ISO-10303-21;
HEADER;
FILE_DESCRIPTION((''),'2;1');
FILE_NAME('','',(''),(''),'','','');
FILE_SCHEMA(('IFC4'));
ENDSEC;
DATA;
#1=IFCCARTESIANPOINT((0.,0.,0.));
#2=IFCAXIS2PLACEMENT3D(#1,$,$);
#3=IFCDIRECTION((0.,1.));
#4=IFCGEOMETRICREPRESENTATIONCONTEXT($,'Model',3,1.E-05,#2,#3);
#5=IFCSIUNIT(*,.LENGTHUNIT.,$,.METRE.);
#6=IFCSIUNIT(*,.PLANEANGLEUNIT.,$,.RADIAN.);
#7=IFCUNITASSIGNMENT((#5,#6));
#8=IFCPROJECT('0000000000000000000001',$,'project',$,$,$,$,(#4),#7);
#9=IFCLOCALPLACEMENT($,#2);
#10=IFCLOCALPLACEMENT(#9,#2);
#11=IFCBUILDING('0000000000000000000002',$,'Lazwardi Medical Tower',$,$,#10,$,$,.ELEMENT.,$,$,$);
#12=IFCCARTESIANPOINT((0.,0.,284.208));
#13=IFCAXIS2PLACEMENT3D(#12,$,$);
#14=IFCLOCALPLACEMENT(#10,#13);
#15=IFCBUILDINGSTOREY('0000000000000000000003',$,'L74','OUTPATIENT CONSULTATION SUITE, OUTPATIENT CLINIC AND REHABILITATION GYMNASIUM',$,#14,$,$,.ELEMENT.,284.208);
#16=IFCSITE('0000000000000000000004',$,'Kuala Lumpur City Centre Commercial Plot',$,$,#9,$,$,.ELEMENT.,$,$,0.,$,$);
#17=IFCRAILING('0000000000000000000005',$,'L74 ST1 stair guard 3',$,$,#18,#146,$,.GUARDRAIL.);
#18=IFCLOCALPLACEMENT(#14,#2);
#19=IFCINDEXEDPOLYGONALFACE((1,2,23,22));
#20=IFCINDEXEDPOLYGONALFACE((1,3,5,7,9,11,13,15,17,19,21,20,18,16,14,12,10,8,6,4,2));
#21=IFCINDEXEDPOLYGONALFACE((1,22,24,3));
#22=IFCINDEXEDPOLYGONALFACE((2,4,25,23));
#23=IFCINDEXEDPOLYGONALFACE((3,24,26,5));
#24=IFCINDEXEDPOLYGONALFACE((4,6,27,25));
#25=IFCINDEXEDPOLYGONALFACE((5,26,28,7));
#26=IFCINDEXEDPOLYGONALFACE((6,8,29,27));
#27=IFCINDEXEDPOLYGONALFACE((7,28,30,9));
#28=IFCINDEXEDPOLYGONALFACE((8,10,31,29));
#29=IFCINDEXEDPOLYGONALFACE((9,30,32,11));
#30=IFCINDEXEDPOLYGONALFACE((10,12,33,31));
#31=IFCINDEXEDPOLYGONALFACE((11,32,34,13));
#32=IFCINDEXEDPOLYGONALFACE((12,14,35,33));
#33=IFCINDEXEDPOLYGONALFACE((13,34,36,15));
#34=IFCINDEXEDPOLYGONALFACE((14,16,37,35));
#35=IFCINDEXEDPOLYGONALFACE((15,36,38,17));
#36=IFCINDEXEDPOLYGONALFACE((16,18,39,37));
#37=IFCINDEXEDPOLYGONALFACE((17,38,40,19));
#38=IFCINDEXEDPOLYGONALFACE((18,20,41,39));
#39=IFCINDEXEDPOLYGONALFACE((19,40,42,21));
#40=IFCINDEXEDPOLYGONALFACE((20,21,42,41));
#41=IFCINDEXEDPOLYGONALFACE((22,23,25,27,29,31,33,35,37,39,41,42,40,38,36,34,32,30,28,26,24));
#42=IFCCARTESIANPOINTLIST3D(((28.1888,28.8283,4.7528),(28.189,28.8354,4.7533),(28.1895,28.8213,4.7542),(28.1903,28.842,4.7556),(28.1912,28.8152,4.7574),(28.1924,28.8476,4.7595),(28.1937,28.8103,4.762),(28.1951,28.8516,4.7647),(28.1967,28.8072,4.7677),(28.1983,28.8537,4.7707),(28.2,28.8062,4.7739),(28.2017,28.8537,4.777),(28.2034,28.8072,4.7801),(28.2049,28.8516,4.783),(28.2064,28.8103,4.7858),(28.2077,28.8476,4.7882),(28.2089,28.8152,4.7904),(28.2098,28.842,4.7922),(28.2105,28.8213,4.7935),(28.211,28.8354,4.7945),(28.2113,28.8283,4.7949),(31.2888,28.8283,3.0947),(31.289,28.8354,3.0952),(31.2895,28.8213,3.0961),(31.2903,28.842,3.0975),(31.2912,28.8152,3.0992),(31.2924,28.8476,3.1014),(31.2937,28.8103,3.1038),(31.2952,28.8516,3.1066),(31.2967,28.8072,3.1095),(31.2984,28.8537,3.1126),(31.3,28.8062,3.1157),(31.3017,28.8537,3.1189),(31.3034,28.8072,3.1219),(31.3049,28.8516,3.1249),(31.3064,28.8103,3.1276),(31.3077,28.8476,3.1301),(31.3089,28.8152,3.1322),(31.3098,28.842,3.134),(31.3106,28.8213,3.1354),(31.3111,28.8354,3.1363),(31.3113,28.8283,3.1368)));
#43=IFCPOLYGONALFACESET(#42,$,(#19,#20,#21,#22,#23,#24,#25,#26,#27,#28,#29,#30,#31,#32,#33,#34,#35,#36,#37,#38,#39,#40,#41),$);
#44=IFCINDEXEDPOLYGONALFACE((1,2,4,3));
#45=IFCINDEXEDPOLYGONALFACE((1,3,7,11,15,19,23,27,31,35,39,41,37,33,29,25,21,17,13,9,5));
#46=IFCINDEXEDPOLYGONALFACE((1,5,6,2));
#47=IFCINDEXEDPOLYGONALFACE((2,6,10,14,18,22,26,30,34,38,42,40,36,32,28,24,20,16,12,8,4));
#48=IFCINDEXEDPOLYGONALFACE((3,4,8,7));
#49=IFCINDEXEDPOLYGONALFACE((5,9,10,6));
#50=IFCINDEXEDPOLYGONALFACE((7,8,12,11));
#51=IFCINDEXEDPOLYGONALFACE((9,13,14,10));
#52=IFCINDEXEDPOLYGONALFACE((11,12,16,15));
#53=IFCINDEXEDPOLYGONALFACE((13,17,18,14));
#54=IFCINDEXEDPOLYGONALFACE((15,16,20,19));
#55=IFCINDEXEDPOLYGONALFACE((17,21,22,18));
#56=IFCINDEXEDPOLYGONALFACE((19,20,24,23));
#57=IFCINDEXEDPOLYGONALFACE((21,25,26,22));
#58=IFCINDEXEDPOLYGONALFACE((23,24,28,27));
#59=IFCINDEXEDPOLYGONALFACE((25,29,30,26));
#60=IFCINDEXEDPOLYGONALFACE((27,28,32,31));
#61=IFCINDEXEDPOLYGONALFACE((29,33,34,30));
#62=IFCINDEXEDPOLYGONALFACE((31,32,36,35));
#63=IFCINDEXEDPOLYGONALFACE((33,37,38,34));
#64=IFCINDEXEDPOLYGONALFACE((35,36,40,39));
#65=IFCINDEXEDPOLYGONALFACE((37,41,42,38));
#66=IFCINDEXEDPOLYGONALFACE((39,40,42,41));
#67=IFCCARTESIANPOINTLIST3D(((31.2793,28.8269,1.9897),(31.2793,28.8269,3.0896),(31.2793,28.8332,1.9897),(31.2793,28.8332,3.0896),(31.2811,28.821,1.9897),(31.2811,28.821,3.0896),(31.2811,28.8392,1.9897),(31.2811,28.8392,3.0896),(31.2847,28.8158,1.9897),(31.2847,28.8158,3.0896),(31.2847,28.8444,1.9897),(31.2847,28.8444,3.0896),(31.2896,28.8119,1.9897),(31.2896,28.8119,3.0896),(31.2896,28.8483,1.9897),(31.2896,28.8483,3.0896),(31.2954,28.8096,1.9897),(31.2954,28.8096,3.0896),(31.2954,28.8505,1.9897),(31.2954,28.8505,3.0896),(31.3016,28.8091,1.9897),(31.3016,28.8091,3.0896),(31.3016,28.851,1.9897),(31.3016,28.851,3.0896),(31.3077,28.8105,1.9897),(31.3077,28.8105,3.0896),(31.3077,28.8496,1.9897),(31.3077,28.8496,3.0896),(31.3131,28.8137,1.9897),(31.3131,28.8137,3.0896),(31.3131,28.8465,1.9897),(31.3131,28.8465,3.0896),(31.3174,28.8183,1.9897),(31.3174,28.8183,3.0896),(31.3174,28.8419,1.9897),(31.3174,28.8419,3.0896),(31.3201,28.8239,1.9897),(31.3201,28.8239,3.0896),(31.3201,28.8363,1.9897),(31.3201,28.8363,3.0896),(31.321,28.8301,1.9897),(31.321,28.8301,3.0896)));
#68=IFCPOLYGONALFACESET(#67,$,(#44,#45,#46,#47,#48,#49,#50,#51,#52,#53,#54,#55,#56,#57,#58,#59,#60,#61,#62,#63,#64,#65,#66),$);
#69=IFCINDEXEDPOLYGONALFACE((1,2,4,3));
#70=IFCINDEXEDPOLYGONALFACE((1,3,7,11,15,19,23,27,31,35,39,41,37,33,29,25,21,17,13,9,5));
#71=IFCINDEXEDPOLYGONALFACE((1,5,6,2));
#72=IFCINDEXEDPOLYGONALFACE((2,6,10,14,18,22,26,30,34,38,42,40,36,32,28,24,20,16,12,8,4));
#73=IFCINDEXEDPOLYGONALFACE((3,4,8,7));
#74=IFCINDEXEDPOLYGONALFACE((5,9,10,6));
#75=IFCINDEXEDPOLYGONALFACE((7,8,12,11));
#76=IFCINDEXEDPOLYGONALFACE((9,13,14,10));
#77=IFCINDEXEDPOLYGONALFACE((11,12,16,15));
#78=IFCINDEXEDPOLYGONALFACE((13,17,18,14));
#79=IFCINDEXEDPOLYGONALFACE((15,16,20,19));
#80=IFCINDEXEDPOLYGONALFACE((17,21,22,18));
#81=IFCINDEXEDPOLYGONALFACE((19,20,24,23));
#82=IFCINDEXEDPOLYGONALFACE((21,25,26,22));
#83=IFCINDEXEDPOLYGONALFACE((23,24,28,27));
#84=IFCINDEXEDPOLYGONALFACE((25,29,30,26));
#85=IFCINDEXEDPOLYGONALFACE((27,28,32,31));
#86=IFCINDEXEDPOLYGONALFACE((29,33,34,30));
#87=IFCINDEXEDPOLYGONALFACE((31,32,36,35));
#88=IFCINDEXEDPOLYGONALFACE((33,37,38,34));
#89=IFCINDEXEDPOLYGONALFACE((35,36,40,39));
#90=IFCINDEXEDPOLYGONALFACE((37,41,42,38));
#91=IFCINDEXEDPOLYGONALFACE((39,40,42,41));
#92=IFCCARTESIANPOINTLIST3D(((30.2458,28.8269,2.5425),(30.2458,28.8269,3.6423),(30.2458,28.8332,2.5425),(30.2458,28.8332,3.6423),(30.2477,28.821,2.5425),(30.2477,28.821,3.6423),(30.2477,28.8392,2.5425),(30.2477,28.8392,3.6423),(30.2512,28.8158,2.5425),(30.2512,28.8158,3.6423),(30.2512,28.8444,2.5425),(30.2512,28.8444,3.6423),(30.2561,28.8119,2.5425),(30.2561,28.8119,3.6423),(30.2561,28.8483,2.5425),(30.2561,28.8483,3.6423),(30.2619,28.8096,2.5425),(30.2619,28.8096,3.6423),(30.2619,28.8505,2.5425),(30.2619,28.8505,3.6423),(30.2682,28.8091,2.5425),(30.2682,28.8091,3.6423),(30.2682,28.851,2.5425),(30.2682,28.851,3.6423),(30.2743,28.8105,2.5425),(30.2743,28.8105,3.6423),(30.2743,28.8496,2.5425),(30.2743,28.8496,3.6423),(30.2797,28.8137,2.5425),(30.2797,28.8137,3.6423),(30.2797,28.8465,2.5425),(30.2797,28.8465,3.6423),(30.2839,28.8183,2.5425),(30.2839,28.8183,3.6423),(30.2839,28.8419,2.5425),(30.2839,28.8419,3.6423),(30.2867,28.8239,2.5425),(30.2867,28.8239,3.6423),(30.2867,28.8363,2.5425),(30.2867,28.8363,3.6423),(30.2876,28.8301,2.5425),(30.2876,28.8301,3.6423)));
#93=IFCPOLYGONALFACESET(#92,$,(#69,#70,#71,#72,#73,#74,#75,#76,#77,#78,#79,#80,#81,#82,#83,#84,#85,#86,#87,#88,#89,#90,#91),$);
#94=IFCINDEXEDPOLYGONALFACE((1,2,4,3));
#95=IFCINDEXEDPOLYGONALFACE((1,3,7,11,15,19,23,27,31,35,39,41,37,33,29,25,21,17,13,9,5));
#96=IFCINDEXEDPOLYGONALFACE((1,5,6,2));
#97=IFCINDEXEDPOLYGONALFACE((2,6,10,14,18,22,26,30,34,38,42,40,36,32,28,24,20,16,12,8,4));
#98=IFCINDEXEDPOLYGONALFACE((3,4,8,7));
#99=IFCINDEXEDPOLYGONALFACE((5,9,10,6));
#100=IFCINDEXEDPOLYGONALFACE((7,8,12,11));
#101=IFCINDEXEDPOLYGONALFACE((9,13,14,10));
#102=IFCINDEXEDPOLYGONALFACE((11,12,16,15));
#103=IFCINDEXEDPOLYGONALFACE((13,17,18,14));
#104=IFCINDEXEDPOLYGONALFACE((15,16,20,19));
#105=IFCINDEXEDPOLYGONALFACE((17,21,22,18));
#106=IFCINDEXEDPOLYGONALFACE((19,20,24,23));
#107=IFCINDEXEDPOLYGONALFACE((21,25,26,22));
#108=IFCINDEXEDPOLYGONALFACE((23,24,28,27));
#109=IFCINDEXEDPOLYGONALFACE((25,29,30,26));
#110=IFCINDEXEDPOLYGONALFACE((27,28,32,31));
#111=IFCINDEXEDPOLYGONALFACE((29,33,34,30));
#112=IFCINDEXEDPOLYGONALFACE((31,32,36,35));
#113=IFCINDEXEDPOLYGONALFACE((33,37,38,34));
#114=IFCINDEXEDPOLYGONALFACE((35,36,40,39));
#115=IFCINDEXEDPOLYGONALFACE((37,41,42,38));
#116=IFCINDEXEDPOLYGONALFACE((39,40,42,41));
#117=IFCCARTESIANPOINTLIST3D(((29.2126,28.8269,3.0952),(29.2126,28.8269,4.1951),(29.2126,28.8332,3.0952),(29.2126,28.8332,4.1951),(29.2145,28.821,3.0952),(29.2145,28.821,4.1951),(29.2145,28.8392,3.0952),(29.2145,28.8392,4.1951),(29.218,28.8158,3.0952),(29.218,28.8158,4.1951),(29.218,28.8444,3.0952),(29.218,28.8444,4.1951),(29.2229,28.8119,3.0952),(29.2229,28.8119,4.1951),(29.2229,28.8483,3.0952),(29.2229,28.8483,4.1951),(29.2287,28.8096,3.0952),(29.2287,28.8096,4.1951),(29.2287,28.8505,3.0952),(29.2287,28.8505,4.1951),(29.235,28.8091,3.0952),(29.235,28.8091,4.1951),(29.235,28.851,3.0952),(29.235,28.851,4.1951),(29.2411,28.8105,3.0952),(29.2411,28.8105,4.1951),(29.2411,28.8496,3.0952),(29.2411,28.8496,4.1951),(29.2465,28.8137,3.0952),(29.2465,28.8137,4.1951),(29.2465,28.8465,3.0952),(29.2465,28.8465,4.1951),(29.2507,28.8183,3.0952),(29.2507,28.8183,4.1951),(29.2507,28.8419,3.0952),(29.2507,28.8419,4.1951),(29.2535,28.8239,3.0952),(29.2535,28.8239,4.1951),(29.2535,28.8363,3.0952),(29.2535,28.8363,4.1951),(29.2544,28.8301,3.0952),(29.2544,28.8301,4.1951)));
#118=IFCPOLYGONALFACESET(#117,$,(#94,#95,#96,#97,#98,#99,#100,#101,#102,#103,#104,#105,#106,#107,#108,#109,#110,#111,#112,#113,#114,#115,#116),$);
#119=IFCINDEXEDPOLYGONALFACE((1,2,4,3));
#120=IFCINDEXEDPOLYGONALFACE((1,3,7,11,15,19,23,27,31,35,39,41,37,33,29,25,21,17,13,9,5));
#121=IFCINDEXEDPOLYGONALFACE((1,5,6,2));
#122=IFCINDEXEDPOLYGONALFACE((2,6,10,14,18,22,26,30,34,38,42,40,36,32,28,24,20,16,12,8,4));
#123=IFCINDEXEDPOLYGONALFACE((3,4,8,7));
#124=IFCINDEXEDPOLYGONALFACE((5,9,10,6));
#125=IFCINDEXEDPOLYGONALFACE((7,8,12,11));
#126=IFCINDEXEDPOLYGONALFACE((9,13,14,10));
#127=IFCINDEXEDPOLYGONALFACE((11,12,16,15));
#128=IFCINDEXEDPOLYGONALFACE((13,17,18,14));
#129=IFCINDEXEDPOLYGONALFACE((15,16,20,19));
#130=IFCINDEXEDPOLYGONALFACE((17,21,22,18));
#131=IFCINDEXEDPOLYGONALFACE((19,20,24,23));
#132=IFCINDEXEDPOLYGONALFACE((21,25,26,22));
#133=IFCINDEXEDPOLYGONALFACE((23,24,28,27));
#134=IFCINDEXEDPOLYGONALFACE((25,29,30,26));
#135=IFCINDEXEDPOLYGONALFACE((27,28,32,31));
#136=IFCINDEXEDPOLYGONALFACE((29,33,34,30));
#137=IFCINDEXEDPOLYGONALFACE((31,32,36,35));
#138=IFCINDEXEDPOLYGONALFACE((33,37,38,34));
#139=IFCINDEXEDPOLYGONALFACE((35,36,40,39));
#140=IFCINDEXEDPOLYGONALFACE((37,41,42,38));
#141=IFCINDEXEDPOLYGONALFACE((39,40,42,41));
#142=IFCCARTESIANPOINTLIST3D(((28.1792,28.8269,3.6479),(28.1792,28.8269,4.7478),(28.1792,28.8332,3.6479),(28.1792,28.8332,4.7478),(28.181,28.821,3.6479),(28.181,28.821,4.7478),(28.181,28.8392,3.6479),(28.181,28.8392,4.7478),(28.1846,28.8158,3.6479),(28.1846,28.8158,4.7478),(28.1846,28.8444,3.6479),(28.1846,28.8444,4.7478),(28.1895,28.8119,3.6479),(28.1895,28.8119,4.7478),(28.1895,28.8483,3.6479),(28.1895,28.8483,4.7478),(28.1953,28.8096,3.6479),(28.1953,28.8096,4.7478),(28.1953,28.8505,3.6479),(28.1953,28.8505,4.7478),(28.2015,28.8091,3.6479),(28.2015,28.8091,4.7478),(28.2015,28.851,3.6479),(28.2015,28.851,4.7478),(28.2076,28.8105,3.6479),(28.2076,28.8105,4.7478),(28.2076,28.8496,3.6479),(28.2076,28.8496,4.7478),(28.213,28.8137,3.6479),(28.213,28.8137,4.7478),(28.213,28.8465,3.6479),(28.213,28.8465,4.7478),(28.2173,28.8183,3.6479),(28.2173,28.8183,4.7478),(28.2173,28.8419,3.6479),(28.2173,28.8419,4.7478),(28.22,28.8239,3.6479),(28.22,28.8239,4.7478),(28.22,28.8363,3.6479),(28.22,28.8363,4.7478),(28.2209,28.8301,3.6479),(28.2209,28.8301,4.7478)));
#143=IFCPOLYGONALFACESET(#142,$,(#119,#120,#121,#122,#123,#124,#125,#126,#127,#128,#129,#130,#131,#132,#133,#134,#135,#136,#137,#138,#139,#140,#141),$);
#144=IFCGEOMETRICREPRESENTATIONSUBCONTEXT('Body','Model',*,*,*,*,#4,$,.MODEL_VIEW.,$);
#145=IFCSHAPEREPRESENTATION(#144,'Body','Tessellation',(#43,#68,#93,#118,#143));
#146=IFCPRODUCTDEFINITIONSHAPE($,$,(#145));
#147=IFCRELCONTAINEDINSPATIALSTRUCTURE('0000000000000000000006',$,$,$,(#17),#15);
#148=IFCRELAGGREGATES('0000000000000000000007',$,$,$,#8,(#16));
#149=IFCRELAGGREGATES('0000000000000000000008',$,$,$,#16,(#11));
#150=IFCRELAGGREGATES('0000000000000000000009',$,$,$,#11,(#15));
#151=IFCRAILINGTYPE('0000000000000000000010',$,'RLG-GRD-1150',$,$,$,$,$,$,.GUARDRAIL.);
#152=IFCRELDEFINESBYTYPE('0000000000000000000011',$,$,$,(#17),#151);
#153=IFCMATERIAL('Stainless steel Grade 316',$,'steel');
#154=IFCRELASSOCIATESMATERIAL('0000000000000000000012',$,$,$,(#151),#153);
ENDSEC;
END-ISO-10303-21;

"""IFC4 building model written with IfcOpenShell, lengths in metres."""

from ifc_helpers import new_model, si_unit, direction, frame, origin, origin_2d, place, context, subcontext, project, spatial, circle, extrude, material, type_object, element, save


model = new_model("IFC4")

# Units and contexts
model_context = context("Model", 3, precision=1e-05, world=origin(), true_north=direction((0.0, 1.0)))
body_context = subcontext(model_context, "Body", "Model", "MODEL_VIEW")
ifc_project = project(units=[si_unit("LENGTHUNIT", "METRE"), si_unit("PLANEANGLEUNIT", "RADIAN")], contexts=[model_context])

# Site, building, storey
site_placement = place(None, origin())
site = spatial("IfcSite", under=ifc_project, at=site_placement, Name="Kuala Lumpur City Centre Commercial Plot", CompositionType="ELEMENT", RefElevation=0.0)
building_placement = place(site_placement, origin())
building = spatial("IfcBuilding", under=site, at=building_placement, Name="Lazwardi Medical Tower", CompositionType="ELEMENT")
storey_placement = place(building_placement, frame((0.0, 0.0, 284.208)))
storey = spatial("IfcBuildingStorey", under=building, at=storey_placement, Name="L74", Description="OUTPATIENT CONSULTATION SUITE, OUTPATIENT CLINIC AND REHABILITATION GYMNASIUM", CompositionType="ELEMENT", Elevation=284.208)

# Railing
ifc_material_1 = material(Name="Stainless steel Grade 316", Category="steel")
railing_type_1 = type_object("IfcRailingType", Name="RLG-GRD-1150", PredefinedType="GUARDRAIL", material=ifc_material_1)
railing_1_placement = place(storey_placement, frame((31.3, 28.8301, 1.9897)))
element("IfcRailing", 1, at=railing_1_placement, inside=storey, type_object=railing_type_1, Name="L74 ST1 stair guard 3", PredefinedType="GUARDRAIL", context=body_context, shape_type="SweptSolid", body=[
    extrude(circle(Radius=0.0239, at=origin_2d()), frame((0.0, 0.0, 1.126), z_axis=(-0.881783, 0.0, 0.471655), x_axis=(0.0, -1.0, 0.0)), (0.0, 0.0, 1.0), 3.5156),
    extrude(circle(Radius=0.021, at=origin_2d()), origin(), (0.0, 0.0, 1.0), 1.0999),
    extrude(circle(Radius=0.021, at=origin_2d()), frame((-1.0334, 0.0, 0.5527)), (0.0, 0.0, 1.0), 1.0999),
    extrude(circle(Radius=0.021, at=origin_2d()), frame((-2.0667, 0.0, 1.1055)), (0.0, 0.0, 1.0), 1.0999),
    extrude(circle(Radius=0.021, at=origin_2d()), frame((-3.1001, 0.0, 1.6582)), (0.0, 0.0, 1.0), 1.0999),
])

save(model, "model.ifc")
